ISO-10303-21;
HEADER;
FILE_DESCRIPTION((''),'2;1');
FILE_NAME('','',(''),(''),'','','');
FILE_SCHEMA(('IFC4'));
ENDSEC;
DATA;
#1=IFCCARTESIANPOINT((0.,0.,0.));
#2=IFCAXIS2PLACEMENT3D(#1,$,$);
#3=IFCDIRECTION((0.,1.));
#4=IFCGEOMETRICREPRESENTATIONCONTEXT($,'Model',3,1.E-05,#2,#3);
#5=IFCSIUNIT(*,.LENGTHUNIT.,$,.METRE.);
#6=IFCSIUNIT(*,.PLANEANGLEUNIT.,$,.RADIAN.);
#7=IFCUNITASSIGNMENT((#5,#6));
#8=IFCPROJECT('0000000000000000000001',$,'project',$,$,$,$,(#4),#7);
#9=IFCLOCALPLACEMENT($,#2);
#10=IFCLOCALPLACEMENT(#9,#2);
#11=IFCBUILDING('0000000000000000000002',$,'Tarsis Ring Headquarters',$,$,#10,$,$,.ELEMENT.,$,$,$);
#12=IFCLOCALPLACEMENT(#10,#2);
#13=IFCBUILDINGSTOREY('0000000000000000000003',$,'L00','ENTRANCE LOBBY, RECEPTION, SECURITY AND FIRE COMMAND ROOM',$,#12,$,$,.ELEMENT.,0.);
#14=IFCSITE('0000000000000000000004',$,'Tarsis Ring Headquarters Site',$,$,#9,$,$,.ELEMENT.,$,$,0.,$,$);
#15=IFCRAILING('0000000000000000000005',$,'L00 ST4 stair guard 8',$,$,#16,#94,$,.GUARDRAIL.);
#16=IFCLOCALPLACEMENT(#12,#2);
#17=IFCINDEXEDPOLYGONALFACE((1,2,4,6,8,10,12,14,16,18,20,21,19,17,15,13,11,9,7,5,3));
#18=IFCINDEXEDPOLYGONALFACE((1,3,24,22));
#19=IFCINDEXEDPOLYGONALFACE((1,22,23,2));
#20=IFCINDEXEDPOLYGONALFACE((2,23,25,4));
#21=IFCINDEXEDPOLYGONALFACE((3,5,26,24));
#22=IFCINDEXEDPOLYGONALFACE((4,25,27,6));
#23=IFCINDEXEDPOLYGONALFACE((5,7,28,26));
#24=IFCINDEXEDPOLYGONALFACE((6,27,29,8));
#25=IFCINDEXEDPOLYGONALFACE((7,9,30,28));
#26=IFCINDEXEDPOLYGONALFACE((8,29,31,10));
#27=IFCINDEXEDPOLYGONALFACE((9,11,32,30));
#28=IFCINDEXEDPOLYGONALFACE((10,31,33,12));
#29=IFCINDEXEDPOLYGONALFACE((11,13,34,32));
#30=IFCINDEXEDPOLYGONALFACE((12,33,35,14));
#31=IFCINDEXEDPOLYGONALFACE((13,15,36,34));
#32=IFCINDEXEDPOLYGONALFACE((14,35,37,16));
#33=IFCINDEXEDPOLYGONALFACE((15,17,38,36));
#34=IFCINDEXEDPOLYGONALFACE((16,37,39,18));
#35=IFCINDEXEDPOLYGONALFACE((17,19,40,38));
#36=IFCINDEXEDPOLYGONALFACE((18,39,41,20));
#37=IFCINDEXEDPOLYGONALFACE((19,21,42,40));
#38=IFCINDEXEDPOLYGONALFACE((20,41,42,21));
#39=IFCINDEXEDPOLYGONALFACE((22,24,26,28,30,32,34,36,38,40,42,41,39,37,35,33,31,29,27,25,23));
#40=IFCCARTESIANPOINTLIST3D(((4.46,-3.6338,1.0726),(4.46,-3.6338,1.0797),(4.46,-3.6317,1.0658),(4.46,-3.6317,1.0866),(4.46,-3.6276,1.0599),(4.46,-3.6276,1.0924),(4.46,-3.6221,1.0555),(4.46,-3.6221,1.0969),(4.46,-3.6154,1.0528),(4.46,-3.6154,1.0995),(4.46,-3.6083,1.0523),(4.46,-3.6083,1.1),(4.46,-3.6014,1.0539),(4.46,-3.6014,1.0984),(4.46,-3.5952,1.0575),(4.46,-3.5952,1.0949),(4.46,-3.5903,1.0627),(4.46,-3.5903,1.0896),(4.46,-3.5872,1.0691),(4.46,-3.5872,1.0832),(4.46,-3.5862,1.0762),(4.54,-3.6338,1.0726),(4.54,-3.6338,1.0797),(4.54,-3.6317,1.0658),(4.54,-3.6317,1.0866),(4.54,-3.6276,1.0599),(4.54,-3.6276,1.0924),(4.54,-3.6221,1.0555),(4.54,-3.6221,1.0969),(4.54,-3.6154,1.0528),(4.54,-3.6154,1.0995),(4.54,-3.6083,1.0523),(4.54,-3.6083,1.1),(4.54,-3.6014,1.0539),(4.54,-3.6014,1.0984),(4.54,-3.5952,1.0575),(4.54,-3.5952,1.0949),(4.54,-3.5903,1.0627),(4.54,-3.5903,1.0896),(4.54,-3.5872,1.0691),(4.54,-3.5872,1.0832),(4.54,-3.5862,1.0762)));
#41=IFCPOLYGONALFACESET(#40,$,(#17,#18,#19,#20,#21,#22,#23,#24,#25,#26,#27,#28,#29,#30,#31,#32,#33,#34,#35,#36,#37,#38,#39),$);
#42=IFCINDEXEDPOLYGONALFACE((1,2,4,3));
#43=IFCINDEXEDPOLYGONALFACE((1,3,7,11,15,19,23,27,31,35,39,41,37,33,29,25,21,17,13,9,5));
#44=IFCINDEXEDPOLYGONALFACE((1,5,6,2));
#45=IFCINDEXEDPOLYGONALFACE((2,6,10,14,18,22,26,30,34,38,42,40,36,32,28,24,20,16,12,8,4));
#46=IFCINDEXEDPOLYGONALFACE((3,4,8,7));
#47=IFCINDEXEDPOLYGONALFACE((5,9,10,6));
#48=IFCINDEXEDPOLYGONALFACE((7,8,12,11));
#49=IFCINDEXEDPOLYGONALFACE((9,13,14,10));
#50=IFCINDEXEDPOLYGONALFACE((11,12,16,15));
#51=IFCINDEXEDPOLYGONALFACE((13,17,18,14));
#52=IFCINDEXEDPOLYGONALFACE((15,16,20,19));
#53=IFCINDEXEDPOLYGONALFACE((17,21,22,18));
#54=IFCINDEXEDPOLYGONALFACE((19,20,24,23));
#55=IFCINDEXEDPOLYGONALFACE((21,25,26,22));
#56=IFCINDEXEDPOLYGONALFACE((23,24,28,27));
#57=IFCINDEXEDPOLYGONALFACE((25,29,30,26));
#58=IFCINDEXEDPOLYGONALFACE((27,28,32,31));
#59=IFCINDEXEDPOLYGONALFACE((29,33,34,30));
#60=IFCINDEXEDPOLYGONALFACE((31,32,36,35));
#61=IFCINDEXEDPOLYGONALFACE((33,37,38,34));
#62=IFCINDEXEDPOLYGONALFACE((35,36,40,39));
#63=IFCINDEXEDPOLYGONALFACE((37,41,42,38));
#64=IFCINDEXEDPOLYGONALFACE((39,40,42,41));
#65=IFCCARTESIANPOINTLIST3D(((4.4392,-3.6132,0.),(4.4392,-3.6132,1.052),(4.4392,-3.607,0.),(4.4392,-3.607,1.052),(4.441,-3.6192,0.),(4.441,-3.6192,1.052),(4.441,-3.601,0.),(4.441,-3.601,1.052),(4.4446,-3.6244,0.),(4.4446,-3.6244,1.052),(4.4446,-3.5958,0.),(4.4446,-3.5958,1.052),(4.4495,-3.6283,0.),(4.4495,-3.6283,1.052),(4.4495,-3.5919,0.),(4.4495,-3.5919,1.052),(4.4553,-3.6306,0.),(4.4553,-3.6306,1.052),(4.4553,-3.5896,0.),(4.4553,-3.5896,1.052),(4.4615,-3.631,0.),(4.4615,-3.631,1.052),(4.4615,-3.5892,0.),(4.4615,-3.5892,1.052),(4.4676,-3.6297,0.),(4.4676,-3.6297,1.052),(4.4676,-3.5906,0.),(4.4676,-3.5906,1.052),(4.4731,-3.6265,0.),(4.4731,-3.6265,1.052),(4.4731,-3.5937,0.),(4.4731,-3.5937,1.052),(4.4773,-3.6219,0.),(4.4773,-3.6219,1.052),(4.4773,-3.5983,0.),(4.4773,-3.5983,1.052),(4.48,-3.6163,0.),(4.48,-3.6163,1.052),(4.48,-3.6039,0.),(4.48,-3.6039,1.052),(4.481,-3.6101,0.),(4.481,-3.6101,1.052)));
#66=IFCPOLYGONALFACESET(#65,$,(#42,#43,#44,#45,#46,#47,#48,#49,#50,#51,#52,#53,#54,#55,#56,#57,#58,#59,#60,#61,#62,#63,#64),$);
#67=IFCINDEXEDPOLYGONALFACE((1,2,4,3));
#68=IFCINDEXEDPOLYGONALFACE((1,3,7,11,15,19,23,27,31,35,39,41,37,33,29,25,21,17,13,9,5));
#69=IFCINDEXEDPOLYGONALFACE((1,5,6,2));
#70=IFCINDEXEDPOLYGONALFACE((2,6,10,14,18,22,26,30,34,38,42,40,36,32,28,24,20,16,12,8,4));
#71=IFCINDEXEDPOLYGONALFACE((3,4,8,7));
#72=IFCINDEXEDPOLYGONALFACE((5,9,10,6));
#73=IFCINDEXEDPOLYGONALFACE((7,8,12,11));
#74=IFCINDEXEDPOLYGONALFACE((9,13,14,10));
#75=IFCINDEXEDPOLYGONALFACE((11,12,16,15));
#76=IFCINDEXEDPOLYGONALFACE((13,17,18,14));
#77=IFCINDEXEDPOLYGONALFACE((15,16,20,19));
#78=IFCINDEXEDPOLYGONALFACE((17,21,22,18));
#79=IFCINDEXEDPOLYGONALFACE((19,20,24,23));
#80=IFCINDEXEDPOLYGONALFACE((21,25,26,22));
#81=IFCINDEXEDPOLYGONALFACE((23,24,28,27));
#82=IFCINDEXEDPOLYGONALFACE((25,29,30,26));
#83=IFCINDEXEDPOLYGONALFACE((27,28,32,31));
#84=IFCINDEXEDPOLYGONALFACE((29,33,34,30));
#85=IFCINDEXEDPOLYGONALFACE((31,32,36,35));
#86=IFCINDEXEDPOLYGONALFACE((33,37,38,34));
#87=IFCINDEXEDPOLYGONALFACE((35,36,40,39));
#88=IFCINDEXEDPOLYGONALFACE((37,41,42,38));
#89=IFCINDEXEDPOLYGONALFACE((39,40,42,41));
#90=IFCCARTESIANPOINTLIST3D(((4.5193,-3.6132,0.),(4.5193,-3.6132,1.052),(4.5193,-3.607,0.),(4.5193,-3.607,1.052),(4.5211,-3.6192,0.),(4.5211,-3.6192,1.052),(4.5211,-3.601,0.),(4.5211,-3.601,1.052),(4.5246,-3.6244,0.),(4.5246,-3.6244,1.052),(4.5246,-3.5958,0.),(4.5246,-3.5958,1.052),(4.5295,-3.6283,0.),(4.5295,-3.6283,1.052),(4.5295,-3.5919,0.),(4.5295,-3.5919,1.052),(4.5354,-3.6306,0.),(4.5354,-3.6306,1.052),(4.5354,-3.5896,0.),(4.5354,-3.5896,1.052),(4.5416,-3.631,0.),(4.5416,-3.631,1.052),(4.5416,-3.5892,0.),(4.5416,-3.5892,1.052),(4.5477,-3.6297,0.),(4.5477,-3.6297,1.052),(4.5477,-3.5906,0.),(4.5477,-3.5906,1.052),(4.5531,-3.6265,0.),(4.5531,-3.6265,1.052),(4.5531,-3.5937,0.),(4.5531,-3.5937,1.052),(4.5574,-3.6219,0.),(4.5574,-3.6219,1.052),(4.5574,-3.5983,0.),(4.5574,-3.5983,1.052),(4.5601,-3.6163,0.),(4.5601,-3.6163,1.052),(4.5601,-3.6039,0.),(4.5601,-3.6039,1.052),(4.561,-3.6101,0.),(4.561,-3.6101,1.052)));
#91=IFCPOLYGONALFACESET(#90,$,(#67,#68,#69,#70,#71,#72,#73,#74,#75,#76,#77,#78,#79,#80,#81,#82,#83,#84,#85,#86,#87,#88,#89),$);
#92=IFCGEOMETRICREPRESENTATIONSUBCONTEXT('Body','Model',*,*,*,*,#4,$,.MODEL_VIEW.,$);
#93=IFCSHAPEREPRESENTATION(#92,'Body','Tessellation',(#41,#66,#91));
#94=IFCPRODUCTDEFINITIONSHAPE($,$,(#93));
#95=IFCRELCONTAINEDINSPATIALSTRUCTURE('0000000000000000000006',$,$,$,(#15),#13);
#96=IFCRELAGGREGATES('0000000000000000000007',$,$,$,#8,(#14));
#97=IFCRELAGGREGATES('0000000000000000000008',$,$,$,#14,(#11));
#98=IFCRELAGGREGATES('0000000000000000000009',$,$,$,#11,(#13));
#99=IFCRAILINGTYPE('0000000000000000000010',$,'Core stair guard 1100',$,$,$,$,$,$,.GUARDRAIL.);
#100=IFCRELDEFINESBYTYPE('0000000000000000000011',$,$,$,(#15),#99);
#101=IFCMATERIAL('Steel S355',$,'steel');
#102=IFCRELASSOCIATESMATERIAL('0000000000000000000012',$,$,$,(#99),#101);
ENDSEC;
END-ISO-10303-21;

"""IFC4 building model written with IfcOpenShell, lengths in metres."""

from ifc_helpers import new_model, si_unit, direction, frame, origin, origin_2d, place, context, subcontext, project, spatial, circle, extrude, material, type_object, element, save


model = new_model("IFC4")

# Units and contexts
model_context = context("Model", 3, precision=1e-05, world=origin(), true_north=direction((0.0, 1.0)))
body_context = subcontext(model_context, "Body", "Model", "MODEL_VIEW")
ifc_project = project(units=[si_unit("LENGTHUNIT", "METRE"), si_unit("PLANEANGLEUNIT", "RADIAN")], contexts=[model_context])

# Site, building, storey
site_placement = place(None, origin())
site = spatial("IfcSite", under=ifc_project, at=site_placement, Name="Tarsis Ring Headquarters Site", CompositionType="ELEMENT", RefElevation=0.0)
building_placement = place(site_placement, origin())
building = spatial("IfcBuilding", under=site, at=building_placement, Name="Tarsis Ring Headquarters", CompositionType="ELEMENT")
storey_placement = place(building_placement, origin())
storey = spatial("IfcBuildingStorey", under=building, at=storey_placement, Name="L00", Description="ENTRANCE LOBBY, RECEPTION, SECURITY AND FIRE COMMAND ROOM", CompositionType="ELEMENT", Elevation=0.0)

# Railing
ifc_material_1 = material(Name="Steel S355", Category="steel")
railing_type_1 = type_object("IfcRailingType", Name="Core stair guard 1100", PredefinedType="GUARDRAIL", material=ifc_material_1)
railing_1_placement = place(storey_placement, frame((4.46, -3.6101, 0.0)))
element("IfcRailing", 1, at=railing_1_placement, inside=storey, type_object=railing_type_1, Name="L00 ST4 stair guard 8", PredefinedType="GUARDRAIL", context=body_context, shape_type="SweptSolid", body=[
    extrude(circle(Radius=0.0239, at=origin_2d()), frame((0.0, 0.0, 1.0762), z_axis=(1.0, 0.0, 0.0), x_axis=(0.0, 1.0, 0.0)), (0.0, 0.0, 1.0), 0.0801),
    extrude(circle(Radius=0.021, at=origin_2d()), origin(), (0.0, 0.0, 1.0), 1.052),
    extrude(circle(Radius=0.021, at=origin_2d()), frame((0.0801, 0.0, 0.0)), (0.0, 0.0, 1.0), 1.052),
])

save(model, "model.ifc")
